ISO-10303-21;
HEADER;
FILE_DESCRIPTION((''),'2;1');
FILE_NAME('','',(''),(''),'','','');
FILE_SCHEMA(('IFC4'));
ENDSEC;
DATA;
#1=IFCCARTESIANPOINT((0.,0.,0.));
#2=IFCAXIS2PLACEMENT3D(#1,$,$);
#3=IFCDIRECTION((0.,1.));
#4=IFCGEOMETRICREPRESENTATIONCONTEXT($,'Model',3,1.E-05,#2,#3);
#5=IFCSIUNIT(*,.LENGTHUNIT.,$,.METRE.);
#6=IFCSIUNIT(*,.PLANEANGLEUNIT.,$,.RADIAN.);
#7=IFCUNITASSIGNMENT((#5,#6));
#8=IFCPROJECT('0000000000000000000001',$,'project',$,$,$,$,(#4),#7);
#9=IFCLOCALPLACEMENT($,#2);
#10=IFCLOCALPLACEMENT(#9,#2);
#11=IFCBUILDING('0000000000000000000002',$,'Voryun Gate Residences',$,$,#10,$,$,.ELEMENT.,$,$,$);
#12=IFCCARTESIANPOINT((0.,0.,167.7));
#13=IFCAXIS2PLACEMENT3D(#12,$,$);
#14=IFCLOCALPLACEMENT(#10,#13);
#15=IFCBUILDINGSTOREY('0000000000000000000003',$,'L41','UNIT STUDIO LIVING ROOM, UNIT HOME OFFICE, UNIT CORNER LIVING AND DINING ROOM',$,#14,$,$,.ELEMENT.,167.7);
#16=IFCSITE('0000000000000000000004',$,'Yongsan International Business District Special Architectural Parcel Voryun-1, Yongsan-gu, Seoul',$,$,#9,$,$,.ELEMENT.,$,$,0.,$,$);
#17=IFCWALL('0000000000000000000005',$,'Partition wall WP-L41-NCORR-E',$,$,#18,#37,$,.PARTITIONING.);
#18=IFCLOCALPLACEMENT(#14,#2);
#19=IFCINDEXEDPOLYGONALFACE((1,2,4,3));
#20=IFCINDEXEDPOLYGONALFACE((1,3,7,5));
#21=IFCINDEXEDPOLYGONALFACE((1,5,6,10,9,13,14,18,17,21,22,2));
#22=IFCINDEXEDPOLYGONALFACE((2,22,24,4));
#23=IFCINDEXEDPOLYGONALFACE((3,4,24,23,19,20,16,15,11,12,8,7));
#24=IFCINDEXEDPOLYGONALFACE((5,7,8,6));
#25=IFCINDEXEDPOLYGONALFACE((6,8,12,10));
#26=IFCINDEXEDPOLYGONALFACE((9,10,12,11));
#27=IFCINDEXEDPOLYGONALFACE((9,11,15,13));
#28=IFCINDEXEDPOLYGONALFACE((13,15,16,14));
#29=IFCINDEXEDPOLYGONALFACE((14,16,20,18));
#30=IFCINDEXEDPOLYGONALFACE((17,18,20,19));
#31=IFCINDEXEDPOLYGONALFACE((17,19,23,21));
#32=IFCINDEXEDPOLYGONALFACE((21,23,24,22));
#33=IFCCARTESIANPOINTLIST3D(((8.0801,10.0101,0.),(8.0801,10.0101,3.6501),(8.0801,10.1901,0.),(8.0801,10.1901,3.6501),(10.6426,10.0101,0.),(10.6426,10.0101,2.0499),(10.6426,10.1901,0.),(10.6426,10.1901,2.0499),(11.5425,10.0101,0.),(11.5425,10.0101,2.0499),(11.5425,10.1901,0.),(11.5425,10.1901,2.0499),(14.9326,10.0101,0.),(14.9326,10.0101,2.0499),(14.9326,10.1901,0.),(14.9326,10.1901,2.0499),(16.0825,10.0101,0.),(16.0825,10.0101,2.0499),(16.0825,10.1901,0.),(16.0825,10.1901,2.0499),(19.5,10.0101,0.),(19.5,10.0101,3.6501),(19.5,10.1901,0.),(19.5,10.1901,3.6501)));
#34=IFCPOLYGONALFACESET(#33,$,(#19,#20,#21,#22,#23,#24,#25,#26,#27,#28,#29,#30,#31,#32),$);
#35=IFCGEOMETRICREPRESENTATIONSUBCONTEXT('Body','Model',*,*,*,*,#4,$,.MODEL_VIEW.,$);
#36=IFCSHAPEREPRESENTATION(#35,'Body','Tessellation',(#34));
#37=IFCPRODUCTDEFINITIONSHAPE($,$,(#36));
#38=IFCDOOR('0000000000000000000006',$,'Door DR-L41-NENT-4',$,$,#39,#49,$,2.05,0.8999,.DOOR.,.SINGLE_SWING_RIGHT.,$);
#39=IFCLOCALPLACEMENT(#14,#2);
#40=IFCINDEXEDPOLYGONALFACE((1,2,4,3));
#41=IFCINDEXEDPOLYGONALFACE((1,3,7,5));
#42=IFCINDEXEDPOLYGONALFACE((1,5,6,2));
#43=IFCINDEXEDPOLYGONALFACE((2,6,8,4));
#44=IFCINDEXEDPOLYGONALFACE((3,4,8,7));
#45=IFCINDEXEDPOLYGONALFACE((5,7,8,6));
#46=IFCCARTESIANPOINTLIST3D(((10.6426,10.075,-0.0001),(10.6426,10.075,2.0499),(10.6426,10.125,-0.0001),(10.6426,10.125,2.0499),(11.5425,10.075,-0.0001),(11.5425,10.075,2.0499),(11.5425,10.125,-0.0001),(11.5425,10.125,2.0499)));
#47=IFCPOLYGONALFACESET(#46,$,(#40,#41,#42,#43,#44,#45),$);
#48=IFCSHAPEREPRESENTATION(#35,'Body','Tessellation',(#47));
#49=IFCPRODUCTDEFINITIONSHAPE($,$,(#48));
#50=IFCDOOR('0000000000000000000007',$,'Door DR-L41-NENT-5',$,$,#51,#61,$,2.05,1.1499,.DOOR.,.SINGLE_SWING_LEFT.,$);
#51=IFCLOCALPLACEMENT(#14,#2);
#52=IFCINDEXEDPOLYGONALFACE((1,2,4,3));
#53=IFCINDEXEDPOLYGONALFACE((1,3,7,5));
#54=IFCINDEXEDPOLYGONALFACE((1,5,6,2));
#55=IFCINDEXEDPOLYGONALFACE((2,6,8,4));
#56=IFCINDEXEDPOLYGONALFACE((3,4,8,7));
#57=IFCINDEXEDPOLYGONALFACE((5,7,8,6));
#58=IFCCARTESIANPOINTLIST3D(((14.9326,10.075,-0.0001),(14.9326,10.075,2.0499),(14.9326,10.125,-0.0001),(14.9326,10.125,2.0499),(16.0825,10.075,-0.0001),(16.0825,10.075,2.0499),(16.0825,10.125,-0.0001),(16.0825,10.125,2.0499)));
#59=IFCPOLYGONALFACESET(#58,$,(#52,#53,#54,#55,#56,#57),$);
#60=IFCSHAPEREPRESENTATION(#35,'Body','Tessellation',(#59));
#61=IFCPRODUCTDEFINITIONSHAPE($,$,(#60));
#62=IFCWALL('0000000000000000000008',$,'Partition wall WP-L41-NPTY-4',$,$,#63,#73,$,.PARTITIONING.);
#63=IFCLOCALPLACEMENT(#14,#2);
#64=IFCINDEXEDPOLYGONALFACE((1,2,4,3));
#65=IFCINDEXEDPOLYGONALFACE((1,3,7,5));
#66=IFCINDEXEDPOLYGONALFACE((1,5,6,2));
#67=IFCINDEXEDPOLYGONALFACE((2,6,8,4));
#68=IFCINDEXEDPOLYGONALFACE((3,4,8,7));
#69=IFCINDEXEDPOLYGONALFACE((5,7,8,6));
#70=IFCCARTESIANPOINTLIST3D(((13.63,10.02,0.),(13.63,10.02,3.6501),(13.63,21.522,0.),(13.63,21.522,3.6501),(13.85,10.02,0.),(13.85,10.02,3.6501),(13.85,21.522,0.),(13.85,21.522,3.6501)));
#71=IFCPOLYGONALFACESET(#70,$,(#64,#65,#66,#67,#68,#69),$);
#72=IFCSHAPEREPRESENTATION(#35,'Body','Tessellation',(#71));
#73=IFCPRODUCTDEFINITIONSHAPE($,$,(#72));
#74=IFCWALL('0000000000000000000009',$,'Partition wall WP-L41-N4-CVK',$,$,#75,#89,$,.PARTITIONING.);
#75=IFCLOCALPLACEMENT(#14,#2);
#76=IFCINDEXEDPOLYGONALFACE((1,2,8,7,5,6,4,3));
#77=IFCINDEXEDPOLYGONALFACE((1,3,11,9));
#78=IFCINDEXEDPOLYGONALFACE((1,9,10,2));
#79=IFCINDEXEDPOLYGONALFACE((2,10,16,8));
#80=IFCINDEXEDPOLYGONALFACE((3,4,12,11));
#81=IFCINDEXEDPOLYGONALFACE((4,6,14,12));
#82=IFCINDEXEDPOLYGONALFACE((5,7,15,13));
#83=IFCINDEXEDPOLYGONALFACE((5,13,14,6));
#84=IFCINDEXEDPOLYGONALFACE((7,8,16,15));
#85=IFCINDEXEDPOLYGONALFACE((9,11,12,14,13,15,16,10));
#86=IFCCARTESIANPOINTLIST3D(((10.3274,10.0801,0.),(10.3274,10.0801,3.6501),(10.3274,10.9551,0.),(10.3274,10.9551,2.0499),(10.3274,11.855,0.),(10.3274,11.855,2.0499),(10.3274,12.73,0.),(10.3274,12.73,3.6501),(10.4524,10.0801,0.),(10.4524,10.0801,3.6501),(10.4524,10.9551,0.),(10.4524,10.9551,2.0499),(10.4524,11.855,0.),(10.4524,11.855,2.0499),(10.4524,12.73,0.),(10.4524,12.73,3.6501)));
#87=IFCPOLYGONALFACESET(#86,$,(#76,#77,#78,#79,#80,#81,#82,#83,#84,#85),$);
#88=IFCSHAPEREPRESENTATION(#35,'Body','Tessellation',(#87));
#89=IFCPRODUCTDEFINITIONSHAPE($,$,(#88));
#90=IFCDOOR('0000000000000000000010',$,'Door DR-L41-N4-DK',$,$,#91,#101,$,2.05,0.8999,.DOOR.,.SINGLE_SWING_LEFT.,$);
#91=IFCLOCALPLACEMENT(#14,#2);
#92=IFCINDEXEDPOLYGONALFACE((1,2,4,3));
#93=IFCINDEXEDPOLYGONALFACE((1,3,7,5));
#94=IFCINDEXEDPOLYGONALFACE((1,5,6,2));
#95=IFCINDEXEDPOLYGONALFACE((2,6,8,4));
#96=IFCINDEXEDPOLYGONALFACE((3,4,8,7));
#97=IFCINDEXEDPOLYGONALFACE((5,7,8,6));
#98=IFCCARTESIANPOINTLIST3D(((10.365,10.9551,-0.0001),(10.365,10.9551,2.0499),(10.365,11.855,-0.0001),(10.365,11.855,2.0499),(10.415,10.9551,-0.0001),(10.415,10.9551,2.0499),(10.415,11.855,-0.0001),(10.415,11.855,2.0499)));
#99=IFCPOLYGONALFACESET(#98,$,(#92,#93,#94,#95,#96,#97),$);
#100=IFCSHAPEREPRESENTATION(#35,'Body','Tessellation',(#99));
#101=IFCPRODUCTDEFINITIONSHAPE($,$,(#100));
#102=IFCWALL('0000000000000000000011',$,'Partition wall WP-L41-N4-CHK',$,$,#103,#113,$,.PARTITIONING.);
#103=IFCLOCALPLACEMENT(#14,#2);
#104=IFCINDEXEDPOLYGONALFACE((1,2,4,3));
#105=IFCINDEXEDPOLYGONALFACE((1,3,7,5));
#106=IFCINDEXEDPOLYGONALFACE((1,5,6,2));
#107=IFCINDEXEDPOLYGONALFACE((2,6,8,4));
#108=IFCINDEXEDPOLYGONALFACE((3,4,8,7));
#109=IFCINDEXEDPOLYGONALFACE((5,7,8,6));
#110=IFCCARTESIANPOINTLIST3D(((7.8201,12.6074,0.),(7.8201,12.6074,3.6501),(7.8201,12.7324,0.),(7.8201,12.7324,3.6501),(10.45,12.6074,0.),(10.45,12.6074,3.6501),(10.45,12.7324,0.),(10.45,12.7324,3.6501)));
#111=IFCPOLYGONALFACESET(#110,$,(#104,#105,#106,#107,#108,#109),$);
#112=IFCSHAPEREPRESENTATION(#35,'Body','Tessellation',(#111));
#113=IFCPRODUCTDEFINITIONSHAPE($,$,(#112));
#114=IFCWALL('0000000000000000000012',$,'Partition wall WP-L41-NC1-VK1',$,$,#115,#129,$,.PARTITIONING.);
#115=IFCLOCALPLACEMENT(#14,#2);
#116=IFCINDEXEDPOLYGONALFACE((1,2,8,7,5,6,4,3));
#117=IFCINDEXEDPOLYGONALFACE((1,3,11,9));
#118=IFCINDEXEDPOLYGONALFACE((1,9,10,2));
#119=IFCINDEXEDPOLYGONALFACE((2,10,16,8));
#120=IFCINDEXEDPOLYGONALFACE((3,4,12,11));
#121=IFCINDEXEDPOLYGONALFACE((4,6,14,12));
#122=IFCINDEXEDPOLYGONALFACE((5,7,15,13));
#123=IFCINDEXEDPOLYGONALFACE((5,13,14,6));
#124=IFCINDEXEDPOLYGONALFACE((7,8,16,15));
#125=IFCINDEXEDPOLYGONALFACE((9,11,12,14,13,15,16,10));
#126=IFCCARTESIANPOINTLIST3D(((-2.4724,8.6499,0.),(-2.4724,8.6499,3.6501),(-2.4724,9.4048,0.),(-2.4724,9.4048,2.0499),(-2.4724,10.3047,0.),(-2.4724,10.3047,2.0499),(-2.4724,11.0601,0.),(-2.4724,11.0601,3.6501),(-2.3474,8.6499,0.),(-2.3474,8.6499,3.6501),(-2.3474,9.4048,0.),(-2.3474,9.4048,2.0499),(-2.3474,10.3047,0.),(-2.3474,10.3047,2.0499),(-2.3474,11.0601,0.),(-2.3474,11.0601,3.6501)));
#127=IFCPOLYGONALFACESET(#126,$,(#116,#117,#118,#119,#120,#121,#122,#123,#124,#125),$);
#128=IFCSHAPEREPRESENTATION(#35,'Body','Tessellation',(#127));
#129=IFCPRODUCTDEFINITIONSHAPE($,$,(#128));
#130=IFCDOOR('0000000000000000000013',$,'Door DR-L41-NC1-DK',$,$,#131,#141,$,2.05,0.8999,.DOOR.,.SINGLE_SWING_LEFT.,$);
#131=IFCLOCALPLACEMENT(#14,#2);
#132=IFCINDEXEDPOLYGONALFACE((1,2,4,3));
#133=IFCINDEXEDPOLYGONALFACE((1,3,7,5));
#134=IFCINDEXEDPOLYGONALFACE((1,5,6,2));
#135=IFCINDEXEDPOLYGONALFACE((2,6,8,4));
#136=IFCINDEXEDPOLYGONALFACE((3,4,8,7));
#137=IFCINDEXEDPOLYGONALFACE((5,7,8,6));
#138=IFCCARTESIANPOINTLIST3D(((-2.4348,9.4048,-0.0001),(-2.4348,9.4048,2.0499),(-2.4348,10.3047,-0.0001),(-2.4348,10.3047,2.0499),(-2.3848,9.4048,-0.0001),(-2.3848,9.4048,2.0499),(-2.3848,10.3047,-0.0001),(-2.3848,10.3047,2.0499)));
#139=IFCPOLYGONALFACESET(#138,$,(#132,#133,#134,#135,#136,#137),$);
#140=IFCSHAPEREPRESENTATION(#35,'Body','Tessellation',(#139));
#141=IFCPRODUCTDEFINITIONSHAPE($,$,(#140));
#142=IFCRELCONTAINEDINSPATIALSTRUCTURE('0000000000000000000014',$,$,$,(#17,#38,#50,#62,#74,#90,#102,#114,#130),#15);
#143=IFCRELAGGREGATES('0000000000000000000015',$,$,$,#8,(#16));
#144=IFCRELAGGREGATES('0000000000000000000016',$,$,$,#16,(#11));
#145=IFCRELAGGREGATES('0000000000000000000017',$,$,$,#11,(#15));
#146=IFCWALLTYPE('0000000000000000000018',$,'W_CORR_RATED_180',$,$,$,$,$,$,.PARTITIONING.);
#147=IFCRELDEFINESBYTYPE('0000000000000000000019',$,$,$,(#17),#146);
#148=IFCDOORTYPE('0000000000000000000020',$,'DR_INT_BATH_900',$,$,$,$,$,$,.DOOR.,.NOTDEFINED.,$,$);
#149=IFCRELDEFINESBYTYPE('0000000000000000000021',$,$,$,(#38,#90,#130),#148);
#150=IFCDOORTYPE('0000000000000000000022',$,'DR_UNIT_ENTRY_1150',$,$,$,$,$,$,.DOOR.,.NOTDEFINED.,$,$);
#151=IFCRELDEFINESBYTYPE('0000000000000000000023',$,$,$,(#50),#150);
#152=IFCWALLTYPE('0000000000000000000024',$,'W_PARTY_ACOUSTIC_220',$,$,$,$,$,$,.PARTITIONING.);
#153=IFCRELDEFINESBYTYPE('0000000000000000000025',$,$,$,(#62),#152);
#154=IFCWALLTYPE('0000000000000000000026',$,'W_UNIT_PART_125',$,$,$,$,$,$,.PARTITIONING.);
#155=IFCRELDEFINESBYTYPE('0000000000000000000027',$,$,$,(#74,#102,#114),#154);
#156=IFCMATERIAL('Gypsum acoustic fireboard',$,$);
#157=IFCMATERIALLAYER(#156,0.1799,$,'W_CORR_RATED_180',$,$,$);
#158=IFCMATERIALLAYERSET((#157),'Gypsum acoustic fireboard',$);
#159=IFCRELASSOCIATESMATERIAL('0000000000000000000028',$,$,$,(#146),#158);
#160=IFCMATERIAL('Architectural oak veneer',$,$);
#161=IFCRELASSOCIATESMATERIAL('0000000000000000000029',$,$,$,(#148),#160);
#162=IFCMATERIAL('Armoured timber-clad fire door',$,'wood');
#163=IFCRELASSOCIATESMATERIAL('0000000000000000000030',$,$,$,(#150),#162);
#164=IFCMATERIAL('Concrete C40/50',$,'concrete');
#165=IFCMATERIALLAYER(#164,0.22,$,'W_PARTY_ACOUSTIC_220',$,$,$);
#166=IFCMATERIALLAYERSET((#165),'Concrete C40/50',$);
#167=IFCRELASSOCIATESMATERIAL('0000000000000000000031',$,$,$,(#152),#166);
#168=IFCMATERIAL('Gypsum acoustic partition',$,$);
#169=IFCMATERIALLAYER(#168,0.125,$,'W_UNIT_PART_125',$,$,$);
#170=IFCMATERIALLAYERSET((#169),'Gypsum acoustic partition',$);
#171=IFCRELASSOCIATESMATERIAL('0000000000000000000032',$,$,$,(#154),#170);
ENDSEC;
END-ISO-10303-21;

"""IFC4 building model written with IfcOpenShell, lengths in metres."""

from ifc_helpers import new_model, si_unit, direction, frame, frame_2d, origin, place, context, subcontext, project, spatial, rectangle, extrude, material, layer, layer_set, type_object, element, fill, save


model = new_model("IFC4")

# Units and contexts
model_context = context("Model", 3, precision=1e-05, world=origin(), true_north=direction((0.0, 1.0)))
body_context = subcontext(model_context, "Body", "Model", "MODEL_VIEW")
ifc_project = project(units=[si_unit("LENGTHUNIT", "METRE"), si_unit("PLANEANGLEUNIT", "RADIAN")], contexts=[model_context])

# Site, building, storey
site_placement = place(None, origin())
site = spatial("IfcSite", under=ifc_project, at=site_placement, Name="Yongsan International Business District Special Architectural Parcel Voryun-1, Yongsan-gu, Seoul", CompositionType="ELEMENT", RefElevation=0.0)
building_placement = place(site_placement, origin())
building = spatial("IfcBuilding", under=site, at=building_placement, Name="Voryun Gate Residences", CompositionType="ELEMENT")
storey_placement = place(building_placement, frame((0.0, 0.0, 167.7)))
storey = spatial("IfcBuildingStorey", under=building, at=storey_placement, Name="L41", Description="UNIT STUDIO LIVING ROOM, UNIT HOME OFFICE, UNIT CORNER LIVING AND DINING ROOM", CompositionType="ELEMENT", Elevation=167.7)

# Wall, openings, doors
ifc_material_1 = material(Name="Gypsum acoustic fireboard")
ifc_layer_1 = layer(ifc_material_1, 0.1799, Name="W_CORR_RATED_180")
ifc_layer_set_1 = layer_set([ifc_layer_1], Name="Gypsum acoustic fireboard")
wall_type_1 = type_object("IfcWallType", Name="W_CORR_RATED_180", PredefinedType="PARTITIONING", material=ifc_layer_set_1)
wall_1_placement = place(storey_placement, frame((8.0801, 10.1001, 0.0), z_axis=(0.0, 0.0, 1.0), x_axis=(1.0, 0.0, 0.0)))
wall_1 = element("IfcWall", 1, at=wall_1_placement, inside=storey, type_object=wall_type_1, Name="Partition wall WP-L41-NCORR-E", PredefinedType="PARTITIONING", context=body_context, shape_type="SweptSolid", body=[
    extrude(rectangle(XDim=11.4199, YDim=0.1799, at=frame_2d((5.71, 0.0))), origin(), (0.0, 0.0, 1.0), 3.6501),
])
opening_1_placement = place(wall_1_placement, frame((2.5625, 0.0, 0.0)))
opening_1 = element("IfcOpeningElement", 2, at=opening_1_placement, cuts=wall_1, PredefinedType="OPENING", context=body_context, shape_type="SweptSolid", body=[
    extrude(rectangle(XDim=0.8999, YDim=2.05, at=frame_2d((0.45, 1.0249))), frame((0.0, 0.0999, 0.0), z_axis=(0.0, -1.0, 0.0), x_axis=(1.0, 0.0, 0.0)), (0.0, 0.0, 1.0), 0.2),
])
opening_2_placement = place(wall_1_placement, frame((6.8525, 0.0, 0.0)))
opening_2 = element("IfcOpeningElement", 3, at=opening_2_placement, cuts=wall_1, PredefinedType="OPENING", context=body_context, shape_type="SweptSolid", body=[
    extrude(rectangle(XDim=1.1499, YDim=2.05, at=frame_2d((0.575, 1.0249))), frame((0.0, 0.0999, 0.0), z_axis=(0.0, -1.0, 0.0), x_axis=(1.0, 0.0, 0.0)), (0.0, 0.0, 1.0), 0.2),
])
ifc_material_2 = material(Name="Architectural oak veneer")
door_type_1 = type_object("IfcDoorType", Name="DR_INT_BATH_900", OperationType="NOTDEFINED", PredefinedType="DOOR", material=ifc_material_2)
door_1_placement = place(opening_1_placement, origin())
door_1 = element("IfcDoor", 4, at=door_1_placement, inside=storey, type_object=door_type_1, Name="Door DR-L41-NENT-4", OperationType="SINGLE_SWING_RIGHT", OverallHeight=2.05, OverallWidth=0.8999, PredefinedType="DOOR", context=body_context, shape_type="SweptSolid", body=[
    extrude(rectangle(XDim=0.8999, YDim=2.05, at=frame_2d((0.45, 1.0249))), frame((0.0, 0.0249, 0.0), z_axis=(0.0, -1.0, 0.0), x_axis=(1.0, 0.0, 0.0)), (0.0, 0.0, 1.0), 0.05),
])
fill(opening_1, door_1)
ifc_material_3 = material(Name="Armoured timber-clad fire door", Category="wood")
door_type_2 = type_object("IfcDoorType", Name="DR_UNIT_ENTRY_1150", OperationType="NOTDEFINED", PredefinedType="DOOR", material=ifc_material_3)
door_2_placement = place(opening_2_placement, origin())
door_2 = element("IfcDoor", 5, at=door_2_placement, inside=storey, type_object=door_type_2, Name="Door DR-L41-NENT-5", OperationType="SINGLE_SWING_LEFT", OverallHeight=2.05, OverallWidth=1.1499, PredefinedType="DOOR", context=body_context, shape_type="SweptSolid", body=[
    extrude(rectangle(XDim=1.1499, YDim=2.05, at=frame_2d((0.575, 1.0249))), frame((0.0, 0.0249, 0.0), z_axis=(0.0, -1.0, 0.0), x_axis=(1.0, 0.0, 0.0)), (0.0, 0.0, 1.0), 0.05),
])
fill(opening_2, door_2)

# Wall
ifc_material_4 = material(Name="Concrete C40/50", Category="concrete")
ifc_layer_2 = layer(ifc_material_4, 0.22, Name="W_PARTY_ACOUSTIC_220")
ifc_layer_set_2 = layer_set([ifc_layer_2], Name="Concrete C40/50")
wall_type_2 = type_object("IfcWallType", Name="W_PARTY_ACOUSTIC_220", PredefinedType="PARTITIONING", material=ifc_layer_set_2)
wall_2_placement = place(storey_placement, frame((13.74, 10.02, 0.0), z_axis=(0.0, 0.0, 1.0), x_axis=(0.0, 1.0, 0.0)))
element("IfcWall", 6, at=wall_2_placement, inside=storey, type_object=wall_type_2, Name="Partition wall WP-L41-NPTY-4", PredefinedType="PARTITIONING", context=body_context, shape_type="SweptSolid", body=[
    extrude(rectangle(XDim=11.502, YDim=0.22, at=frame_2d((5.751, 0.0))), origin(), (0.0, 0.0, 1.0), 3.6501),
])

# Wall, opening, door
ifc_material_5 = material(Name="Gypsum acoustic partition")
ifc_layer_3 = layer(ifc_material_5, 0.125, Name="W_UNIT_PART_125")
ifc_layer_set_3 = layer_set([ifc_layer_3], Name="Gypsum acoustic partition")
wall_type_3 = type_object("IfcWallType", Name="W_UNIT_PART_125", PredefinedType="PARTITIONING", material=ifc_layer_set_3)
wall_3_placement = place(storey_placement, frame((10.3899, 10.0801, 0.0), z_axis=(0.0, 0.0, 1.0), x_axis=(0.0, 1.0, 0.0)))
wall_3 = element("IfcWall", 7, at=wall_3_placement, inside=storey, type_object=wall_type_3, Name="Partition wall WP-L41-N4-CVK", PredefinedType="PARTITIONING", context=body_context, shape_type="SweptSolid", body=[
    extrude(rectangle(XDim=2.6499, YDim=0.125, at=frame_2d((1.325, 0.0))), origin(), (0.0, 0.0, 1.0), 3.6501),
])
opening_3_placement = place(wall_3_placement, frame((0.875, 0.0, 0.0)))
opening_3 = element("IfcOpeningElement", 8, at=opening_3_placement, cuts=wall_3, PredefinedType="OPENING", context=body_context, shape_type="SweptSolid", body=[
    extrude(rectangle(XDim=0.8999, YDim=2.05, at=frame_2d((0.45, 1.0249))), frame((0.0, 0.0725, 0.0), z_axis=(0.0, -1.0, 0.0), x_axis=(1.0, 0.0, 0.0)), (0.0, 0.0, 1.0), 0.145),
])
door_3_placement = place(opening_3_placement, origin())
door_3 = element("IfcDoor", 9, at=door_3_placement, inside=storey, type_object=door_type_1, Name="Door DR-L41-N4-DK", OperationType="SINGLE_SWING_LEFT", OverallHeight=2.05, OverallWidth=0.8999, PredefinedType="DOOR", context=body_context, shape_type="SweptSolid", body=[
    extrude(rectangle(XDim=0.8999, YDim=2.05, at=frame_2d((0.45, 1.0249))), frame((0.0, 0.0249, 0.0), z_axis=(0.0, -1.0, 0.0), x_axis=(1.0, 0.0, 0.0)), (0.0, 0.0, 1.0), 0.05),
])
fill(opening_3, door_3)

# Wall
wall_4_placement = place(storey_placement, frame((7.8201, 12.6699, 0.0), z_axis=(0.0, 0.0, 1.0), x_axis=(1.0, 0.0, 0.0)))
element("IfcWall", 10, at=wall_4_placement, inside=storey, type_object=wall_type_3, Name="Partition wall WP-L41-N4-CHK", PredefinedType="PARTITIONING", context=body_context, shape_type="SweptSolid", body=[
    extrude(rectangle(XDim=2.6299, YDim=0.125, at=frame_2d((1.3149, 0.0))), origin(), (0.0, 0.0, 1.0), 3.6501),
])

# Wall, opening, door
wall_5_placement = place(storey_placement, frame((-2.4099, 8.6499, 0.0), z_axis=(0.0, 0.0, 1.0), x_axis=(0.0, 1.0, 0.0)))
wall_5 = element("IfcWall", 11, at=wall_5_placement, inside=storey, type_object=wall_type_3, Name="Partition wall WP-L41-NC1-VK1", PredefinedType="PARTITIONING", context=body_context, shape_type="SweptSolid", body=[
    extrude(rectangle(XDim=2.4102, YDim=0.125, at=frame_2d((1.2051, 0.0))), origin(), (0.0, 0.0, 1.0), 3.6501),
])
opening_4_placement = place(wall_5_placement, frame((0.7549, 0.0, 0.0)))
opening_4 = element("IfcOpeningElement", 12, at=opening_4_placement, cuts=wall_5, PredefinedType="OPENING", context=body_context, shape_type="SweptSolid", body=[
    extrude(rectangle(XDim=0.8999, YDim=2.05, at=frame_2d((0.45, 1.0249))), frame((0.0, 0.0725, 0.0), z_axis=(0.0, -1.0, 0.0), x_axis=(1.0, 0.0, 0.0)), (0.0, 0.0, 1.0), 0.145),
])
door_4_placement = place(opening_4_placement, origin())
door_4 = element("IfcDoor", 13, at=door_4_placement, inside=storey, type_object=door_type_1, Name="Door DR-L41-NC1-DK", OperationType="SINGLE_SWING_LEFT", OverallHeight=2.05, OverallWidth=0.8999, PredefinedType="DOOR", context=body_context, shape_type="SweptSolid", body=[
    extrude(rectangle(XDim=0.8999, YDim=2.05, at=frame_2d((0.45, 1.0249))), frame((0.0, 0.0249, 0.0), z_axis=(0.0, -1.0, 0.0), x_axis=(1.0, 0.0, 0.0)), (0.0, 0.0, 1.0), 0.05),
])
fill(opening_4, door_4)

save(model, "model.ifc")
